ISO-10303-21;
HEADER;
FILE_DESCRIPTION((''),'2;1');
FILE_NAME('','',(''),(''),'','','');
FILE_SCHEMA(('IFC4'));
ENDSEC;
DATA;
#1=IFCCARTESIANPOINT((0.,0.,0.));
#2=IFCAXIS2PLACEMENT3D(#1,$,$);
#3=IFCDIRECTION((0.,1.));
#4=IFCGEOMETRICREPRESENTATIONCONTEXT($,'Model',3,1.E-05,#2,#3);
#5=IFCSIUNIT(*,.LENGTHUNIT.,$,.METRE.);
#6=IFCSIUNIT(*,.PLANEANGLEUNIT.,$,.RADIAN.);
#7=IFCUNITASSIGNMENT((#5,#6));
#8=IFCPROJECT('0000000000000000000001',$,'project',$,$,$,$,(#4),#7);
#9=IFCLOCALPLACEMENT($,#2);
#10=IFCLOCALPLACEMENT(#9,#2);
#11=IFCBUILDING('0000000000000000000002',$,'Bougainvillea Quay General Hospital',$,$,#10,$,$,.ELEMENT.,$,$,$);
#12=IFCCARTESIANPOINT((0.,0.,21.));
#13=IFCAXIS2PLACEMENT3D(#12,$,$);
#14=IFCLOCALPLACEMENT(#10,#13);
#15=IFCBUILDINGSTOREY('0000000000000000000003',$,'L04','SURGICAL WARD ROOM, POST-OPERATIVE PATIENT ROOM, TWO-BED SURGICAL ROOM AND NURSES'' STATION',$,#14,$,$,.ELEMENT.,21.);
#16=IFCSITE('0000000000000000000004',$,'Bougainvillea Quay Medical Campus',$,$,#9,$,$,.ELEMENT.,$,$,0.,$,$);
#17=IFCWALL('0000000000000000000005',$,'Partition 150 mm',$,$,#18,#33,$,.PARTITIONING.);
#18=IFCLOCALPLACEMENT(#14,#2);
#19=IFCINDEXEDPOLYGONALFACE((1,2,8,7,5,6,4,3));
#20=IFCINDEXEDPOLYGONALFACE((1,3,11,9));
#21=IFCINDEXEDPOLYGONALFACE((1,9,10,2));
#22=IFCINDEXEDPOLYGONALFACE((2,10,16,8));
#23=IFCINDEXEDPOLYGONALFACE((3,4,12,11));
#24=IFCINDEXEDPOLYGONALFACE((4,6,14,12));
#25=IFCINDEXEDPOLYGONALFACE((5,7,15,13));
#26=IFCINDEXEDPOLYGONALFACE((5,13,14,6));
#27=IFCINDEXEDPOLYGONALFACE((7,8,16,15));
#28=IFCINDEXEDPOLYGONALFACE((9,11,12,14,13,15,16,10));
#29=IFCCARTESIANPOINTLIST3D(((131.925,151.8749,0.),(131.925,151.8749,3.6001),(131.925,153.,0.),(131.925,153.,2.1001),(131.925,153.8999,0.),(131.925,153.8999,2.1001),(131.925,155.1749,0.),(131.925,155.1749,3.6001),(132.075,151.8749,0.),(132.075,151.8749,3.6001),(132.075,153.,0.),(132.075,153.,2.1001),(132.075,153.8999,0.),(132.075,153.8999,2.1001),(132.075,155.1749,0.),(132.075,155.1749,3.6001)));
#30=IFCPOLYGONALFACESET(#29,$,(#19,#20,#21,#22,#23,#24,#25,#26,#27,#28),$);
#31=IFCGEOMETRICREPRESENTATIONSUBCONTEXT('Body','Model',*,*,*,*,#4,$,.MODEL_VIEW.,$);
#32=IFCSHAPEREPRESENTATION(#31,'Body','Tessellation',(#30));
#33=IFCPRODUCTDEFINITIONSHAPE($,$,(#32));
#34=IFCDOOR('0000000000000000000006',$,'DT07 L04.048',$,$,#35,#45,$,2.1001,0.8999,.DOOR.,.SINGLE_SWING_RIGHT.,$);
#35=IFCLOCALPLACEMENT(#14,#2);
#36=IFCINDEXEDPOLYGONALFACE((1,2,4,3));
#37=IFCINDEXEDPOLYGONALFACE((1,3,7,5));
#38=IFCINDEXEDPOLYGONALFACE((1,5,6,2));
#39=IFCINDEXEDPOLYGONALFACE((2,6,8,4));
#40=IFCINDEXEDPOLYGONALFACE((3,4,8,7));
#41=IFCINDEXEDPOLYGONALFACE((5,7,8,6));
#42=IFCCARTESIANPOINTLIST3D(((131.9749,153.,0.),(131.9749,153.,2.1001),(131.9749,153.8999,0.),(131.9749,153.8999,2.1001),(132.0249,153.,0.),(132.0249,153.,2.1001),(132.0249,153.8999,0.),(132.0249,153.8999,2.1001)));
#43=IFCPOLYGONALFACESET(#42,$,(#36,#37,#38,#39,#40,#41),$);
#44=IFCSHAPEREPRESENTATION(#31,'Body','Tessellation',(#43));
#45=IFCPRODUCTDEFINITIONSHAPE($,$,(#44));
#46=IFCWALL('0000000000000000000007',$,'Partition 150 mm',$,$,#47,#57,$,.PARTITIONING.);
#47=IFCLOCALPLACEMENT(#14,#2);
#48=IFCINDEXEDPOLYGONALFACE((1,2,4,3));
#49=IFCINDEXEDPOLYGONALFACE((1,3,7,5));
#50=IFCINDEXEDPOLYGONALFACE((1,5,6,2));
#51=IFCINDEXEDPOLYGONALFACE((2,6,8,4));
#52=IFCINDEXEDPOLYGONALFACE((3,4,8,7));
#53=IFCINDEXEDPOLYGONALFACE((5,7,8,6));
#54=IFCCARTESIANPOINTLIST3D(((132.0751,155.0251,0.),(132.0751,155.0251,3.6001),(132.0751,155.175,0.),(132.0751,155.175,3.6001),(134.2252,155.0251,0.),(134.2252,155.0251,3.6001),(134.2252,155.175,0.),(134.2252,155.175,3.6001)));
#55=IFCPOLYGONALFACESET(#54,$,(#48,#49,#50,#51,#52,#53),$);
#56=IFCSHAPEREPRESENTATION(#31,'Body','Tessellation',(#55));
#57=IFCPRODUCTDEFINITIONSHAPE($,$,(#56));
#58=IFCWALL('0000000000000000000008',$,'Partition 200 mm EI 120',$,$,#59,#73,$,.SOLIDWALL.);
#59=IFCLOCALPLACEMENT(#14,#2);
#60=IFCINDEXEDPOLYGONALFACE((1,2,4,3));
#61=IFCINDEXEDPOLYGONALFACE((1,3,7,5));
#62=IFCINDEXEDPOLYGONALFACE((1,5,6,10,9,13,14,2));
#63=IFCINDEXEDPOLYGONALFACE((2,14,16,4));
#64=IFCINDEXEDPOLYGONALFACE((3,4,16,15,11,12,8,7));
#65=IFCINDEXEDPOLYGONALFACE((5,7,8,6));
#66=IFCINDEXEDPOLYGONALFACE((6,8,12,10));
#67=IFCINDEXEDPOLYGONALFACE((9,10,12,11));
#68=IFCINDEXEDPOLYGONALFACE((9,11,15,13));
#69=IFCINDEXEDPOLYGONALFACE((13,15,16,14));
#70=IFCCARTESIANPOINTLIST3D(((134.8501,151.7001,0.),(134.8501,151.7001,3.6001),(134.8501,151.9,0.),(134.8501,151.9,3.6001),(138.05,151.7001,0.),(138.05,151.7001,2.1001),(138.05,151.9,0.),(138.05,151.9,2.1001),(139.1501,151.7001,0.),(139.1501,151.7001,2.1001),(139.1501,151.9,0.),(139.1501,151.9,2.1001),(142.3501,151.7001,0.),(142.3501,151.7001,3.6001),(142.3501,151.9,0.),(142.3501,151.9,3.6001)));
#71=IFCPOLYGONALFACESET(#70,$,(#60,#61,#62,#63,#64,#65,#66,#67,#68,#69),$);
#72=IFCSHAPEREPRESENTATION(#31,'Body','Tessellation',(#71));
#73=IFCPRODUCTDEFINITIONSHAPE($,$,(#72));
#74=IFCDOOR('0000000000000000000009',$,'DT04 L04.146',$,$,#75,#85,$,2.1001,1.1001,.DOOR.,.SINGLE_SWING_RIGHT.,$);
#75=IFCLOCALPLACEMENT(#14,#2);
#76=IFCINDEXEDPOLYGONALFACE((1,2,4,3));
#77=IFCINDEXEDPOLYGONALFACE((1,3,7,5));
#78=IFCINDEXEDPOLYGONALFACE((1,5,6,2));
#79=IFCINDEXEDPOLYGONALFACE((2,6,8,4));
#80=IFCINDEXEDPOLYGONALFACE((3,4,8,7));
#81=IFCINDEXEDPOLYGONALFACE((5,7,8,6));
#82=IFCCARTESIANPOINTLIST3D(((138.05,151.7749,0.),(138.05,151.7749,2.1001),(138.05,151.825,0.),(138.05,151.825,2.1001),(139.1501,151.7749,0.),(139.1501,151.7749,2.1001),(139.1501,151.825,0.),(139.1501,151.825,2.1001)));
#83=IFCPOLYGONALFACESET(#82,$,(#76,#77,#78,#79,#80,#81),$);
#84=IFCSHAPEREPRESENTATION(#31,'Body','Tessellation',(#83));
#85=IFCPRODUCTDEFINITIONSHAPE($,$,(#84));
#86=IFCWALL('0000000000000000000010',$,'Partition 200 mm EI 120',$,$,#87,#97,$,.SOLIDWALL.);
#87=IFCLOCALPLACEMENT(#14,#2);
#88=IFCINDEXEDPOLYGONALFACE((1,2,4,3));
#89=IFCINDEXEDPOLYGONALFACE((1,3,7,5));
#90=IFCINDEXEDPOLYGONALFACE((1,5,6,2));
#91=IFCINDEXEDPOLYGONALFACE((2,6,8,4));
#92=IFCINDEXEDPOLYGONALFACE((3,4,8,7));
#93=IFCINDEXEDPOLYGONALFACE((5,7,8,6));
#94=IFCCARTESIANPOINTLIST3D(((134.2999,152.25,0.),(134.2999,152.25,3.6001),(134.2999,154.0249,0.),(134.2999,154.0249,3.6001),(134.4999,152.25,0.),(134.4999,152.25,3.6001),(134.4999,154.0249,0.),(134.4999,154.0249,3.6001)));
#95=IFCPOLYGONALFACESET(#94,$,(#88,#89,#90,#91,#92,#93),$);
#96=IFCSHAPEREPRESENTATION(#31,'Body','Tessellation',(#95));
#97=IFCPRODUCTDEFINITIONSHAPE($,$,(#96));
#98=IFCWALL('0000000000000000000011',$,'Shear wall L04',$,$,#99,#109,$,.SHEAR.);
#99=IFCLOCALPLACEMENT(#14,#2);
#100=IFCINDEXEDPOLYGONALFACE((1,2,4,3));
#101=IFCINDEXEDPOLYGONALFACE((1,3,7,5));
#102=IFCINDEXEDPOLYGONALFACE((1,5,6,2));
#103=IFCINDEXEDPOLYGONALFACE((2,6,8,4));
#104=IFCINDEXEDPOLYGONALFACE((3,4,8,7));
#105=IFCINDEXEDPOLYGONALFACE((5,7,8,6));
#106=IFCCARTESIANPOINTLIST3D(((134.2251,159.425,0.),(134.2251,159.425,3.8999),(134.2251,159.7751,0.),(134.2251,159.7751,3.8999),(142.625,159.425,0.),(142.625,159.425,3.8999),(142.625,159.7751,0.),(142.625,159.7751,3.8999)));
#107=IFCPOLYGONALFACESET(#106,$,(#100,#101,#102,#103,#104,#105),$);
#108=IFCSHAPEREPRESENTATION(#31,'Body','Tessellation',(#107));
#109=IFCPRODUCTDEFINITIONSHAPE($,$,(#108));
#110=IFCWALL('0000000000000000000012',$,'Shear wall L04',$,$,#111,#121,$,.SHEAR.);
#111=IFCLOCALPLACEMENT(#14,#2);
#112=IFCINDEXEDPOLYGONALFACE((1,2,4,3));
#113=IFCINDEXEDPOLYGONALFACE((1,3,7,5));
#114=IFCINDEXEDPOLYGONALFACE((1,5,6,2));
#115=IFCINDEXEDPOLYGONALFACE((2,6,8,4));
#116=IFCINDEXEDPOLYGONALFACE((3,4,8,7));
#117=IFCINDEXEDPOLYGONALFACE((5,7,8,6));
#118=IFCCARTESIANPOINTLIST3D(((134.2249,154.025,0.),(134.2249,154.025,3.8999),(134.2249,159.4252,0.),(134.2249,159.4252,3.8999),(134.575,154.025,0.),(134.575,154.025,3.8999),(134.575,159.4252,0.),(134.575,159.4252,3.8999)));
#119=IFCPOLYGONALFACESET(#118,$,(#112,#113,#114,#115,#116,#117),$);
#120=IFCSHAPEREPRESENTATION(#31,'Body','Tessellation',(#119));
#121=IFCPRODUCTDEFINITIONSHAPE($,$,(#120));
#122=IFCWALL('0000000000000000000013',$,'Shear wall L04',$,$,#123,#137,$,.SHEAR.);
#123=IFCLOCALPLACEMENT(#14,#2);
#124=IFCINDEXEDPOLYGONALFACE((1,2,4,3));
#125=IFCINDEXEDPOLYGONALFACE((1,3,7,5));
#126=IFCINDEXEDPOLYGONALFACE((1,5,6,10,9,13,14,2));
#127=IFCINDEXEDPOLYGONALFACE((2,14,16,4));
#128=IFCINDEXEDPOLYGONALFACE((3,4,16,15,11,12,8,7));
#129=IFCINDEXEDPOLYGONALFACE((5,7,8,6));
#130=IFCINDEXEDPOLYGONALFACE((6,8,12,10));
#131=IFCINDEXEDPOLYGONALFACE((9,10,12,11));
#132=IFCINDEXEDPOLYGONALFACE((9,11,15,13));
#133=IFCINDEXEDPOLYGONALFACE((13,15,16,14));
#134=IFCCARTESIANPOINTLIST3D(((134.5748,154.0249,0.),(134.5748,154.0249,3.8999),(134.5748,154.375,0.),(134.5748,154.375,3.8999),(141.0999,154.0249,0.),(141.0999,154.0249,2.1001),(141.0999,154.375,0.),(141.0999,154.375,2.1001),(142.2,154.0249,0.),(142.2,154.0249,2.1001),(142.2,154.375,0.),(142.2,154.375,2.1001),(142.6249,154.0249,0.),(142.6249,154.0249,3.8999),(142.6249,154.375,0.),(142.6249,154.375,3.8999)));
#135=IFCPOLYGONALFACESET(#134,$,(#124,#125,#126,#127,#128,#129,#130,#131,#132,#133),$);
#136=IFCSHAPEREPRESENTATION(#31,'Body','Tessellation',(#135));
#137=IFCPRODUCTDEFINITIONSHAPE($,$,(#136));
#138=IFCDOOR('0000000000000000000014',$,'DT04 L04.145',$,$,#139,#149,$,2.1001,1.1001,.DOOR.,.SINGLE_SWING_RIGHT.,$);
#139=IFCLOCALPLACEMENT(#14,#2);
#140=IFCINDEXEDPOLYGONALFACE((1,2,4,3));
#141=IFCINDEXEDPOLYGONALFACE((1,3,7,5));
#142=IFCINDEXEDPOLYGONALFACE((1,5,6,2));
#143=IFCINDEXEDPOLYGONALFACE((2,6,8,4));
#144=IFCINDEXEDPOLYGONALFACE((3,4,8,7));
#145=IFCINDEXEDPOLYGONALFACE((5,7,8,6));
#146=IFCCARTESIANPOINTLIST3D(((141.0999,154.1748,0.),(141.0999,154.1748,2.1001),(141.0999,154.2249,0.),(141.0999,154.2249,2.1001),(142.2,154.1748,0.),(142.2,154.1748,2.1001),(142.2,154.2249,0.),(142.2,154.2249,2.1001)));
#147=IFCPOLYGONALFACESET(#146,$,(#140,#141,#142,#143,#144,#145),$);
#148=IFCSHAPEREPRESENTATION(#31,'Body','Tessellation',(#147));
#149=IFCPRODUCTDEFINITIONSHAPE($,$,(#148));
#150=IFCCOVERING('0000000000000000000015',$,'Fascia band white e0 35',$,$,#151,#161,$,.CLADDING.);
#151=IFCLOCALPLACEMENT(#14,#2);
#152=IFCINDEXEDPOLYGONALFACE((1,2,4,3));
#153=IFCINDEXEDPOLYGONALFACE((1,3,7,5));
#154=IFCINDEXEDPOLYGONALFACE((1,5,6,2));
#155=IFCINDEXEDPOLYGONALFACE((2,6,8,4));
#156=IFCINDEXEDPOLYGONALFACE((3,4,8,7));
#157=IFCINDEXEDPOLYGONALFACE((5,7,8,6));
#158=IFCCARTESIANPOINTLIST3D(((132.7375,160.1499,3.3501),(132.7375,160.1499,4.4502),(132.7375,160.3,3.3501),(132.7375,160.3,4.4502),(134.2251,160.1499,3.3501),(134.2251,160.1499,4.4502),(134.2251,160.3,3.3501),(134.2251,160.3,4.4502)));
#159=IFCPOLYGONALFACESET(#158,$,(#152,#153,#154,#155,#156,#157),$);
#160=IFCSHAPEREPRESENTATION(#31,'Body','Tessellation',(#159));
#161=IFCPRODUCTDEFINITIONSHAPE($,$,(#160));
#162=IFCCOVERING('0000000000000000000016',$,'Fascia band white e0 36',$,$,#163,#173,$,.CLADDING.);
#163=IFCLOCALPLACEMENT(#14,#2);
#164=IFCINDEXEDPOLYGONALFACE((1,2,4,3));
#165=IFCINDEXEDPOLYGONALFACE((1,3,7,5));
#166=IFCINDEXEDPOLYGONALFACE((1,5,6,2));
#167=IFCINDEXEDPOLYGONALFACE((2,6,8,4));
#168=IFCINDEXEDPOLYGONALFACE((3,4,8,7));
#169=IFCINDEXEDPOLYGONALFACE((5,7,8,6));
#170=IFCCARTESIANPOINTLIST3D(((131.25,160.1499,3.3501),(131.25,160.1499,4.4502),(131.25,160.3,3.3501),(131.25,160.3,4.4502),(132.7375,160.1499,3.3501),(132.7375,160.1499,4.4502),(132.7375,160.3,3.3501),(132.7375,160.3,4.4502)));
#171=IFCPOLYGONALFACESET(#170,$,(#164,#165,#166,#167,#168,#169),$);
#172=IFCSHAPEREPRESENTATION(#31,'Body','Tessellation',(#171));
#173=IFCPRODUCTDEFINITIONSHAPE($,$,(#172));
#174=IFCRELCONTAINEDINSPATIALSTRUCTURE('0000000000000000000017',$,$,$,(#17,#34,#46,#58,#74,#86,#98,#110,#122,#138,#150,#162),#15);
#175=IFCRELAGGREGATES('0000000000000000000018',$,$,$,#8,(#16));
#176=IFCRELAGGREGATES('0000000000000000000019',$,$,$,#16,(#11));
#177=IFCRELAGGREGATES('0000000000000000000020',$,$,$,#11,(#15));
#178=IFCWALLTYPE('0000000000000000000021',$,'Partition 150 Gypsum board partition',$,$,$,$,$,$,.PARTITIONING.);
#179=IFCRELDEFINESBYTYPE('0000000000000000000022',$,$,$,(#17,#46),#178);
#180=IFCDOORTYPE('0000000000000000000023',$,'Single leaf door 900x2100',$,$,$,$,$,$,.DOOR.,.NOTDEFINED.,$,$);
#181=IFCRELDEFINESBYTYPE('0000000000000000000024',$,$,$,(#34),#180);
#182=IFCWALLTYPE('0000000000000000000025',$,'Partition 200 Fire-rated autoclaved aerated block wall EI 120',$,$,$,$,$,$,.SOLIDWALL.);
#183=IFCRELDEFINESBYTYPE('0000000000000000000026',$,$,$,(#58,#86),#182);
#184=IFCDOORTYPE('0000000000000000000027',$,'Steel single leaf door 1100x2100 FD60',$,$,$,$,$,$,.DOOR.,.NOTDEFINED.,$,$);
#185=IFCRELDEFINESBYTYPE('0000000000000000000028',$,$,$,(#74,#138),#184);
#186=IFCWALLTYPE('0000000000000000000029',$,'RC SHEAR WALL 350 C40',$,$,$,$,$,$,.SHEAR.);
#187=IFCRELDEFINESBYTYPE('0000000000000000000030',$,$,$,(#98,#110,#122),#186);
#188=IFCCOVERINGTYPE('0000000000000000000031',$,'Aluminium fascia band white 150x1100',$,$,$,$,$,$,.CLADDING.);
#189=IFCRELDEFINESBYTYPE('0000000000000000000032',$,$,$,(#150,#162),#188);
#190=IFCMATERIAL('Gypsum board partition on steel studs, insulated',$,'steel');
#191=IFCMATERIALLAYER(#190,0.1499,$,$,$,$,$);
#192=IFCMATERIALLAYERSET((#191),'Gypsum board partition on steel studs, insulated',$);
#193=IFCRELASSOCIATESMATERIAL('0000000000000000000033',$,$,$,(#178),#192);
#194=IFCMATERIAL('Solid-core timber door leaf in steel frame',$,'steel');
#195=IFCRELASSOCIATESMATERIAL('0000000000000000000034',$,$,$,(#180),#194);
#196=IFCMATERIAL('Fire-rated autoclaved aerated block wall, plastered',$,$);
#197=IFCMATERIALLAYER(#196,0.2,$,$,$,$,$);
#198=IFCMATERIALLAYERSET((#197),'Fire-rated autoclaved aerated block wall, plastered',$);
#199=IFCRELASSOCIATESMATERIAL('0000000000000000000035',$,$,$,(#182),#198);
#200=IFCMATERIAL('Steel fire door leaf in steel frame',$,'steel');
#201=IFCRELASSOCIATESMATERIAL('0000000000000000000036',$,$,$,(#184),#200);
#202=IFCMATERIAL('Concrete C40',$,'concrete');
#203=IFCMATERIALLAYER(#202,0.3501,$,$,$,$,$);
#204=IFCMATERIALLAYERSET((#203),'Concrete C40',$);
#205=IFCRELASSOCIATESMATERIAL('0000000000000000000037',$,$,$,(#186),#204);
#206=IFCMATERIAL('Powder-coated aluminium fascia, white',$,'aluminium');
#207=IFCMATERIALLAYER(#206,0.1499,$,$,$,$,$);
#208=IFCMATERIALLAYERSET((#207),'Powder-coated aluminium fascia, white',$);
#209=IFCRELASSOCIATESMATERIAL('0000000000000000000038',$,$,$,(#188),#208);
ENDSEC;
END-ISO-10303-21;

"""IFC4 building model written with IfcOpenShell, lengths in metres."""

from ifc_helpers import new_model, si_unit, direction, frame, frame_2d, origin, place, context, subcontext, project, spatial, polyline, rectangle, outline, extrude, material, layer, layer_set, type_object, element, fill, save


model = new_model("IFC4")

# Units and contexts
model_context = context("Model", 3, precision=1e-05, world=origin(), true_north=direction((0.0, 1.0)))
body_context = subcontext(model_context, "Body", "Model", "MODEL_VIEW")
ifc_project = project(units=[si_unit("LENGTHUNIT", "METRE"), si_unit("PLANEANGLEUNIT", "RADIAN")], contexts=[model_context])

# Site, building, storey
site_placement = place(None, origin())
site = spatial("IfcSite", under=ifc_project, at=site_placement, Name="Bougainvillea Quay Medical Campus", CompositionType="ELEMENT", RefElevation=0.0)
building_placement = place(site_placement, origin())
building = spatial("IfcBuilding", under=site, at=building_placement, Name="Bougainvillea Quay General Hospital", CompositionType="ELEMENT")
storey_placement = place(building_placement, frame((0.0, 0.0, 21.0)))
storey = spatial("IfcBuildingStorey", under=building, at=storey_placement, Name="L04", Description="SURGICAL WARD ROOM, POST-OPERATIVE PATIENT ROOM, TWO-BED SURGICAL ROOM AND NURSES' STATION", CompositionType="ELEMENT", Elevation=21.0)

# Shared definitions
ifc_material_1 = material(Name="Concrete C40", Category="concrete")

# Wall, opening, door
ifc_material_2 = material(Name="Gypsum board partition on steel studs, insulated", Category="steel")
ifc_layer_1 = layer(ifc_material_2, 0.1499)
ifc_layer_set_1 = layer_set([ifc_layer_1], Name="Gypsum board partition on steel studs, insulated")
wall_type_1 = type_object("IfcWallType", Name="Partition 150 Gypsum board partition", PredefinedType="PARTITIONING", material=ifc_layer_set_1)
wall_1_placement = place(storey_placement, frame((132.0, 151.875, 0.0), z_axis=(0.0, 0.0, 1.0), x_axis=(0.0, 1.0, 0.0)))
wall_1 = element("IfcWall", 1, at=wall_1_placement, inside=storey, type_object=wall_type_1, Name="Partition 150 mm", PredefinedType="PARTITIONING", context=body_context, shape_type="SweptSolid", body=[
    extrude(rectangle(XDim=3.3, YDim=0.1499, at=frame_2d((1.6499, 0.0))), origin(), (0.0, 0.0, 1.0), 3.6001),
])
opening_1_placement = place(wall_1_placement, frame((1.125, 0.0, 0.0)))
opening_1 = element("IfcOpeningElement", 2, at=opening_1_placement, cuts=wall_1, PredefinedType="OPENING", context=body_context, shape_type="SweptSolid", body=[
    extrude(rectangle(XDim=0.8999, YDim=2.1001, at=frame_2d((0.45, 1.05))), frame((0.0, 0.085, 0.0), z_axis=(0.0, -1.0, 0.0), x_axis=(1.0, 0.0, 0.0)), (0.0, 0.0, 1.0), 0.1699),
])
ifc_material_3 = material(Name="Solid-core timber door leaf in steel frame", Category="steel")
door_type_1 = type_object("IfcDoorType", Name="Single leaf door 900x2100", OperationType="NOTDEFINED", PredefinedType="DOOR", material=ifc_material_3)
door_1_placement = place(opening_1_placement, frame((0.8999, 0.0, 0.0), z_axis=(0.0, 0.0, 1.0), x_axis=(-1.0, 0.0, 0.0)))
door_1 = element("IfcDoor", 3, at=door_1_placement, inside=storey, type_object=door_type_1, Name="DT07 L04.048", OperationType="SINGLE_SWING_RIGHT", OverallHeight=2.1001, OverallWidth=0.8999, PredefinedType="DOOR", context=body_context, shape_type="SweptSolid", body=[
    extrude(rectangle(XDim=0.8999, YDim=2.1001, at=frame_2d((0.45, 1.05))), frame((0.0, 0.0249, 0.0), z_axis=(0.0, -1.0, 0.0), x_axis=(1.0, 0.0, 0.0)), (0.0, 0.0, 1.0), 0.05),
])
fill(opening_1, door_1)

# Wall
wall_2_placement = place(storey_placement, frame((132.075, 155.1001, 0.0), z_axis=(0.0, 0.0, 1.0), x_axis=(1.0, 0.0, 0.0)))
element("IfcWall", 4, at=wall_2_placement, inside=storey, type_object=wall_type_1, Name="Partition 150 mm", PredefinedType="PARTITIONING", context=body_context, shape_type="SweptSolid", body=[
    extrude(rectangle(XDim=2.1501, YDim=0.1499, at=frame_2d((1.0752, 0.0))), origin(), (0.0, 0.0, 1.0), 3.6001),
])

# Wall, opening, door
ifc_material_4 = material(Name="Fire-rated autoclaved aerated block wall, plastered")
ifc_layer_2 = layer(ifc_material_4, 0.2)
ifc_layer_set_2 = layer_set([ifc_layer_2], Name="Fire-rated autoclaved aerated block wall, plastered")
wall_type_2 = type_object("IfcWallType", Name="Partition 200 Fire-rated autoclaved aerated block wall EI 120", PredefinedType="SOLIDWALL", material=ifc_layer_set_2)
wall_3_placement = place(storey_placement, frame((134.8501, 151.8, 0.0), z_axis=(0.0, 0.0, 1.0), x_axis=(1.0, 0.0, 0.0)))
wall_3 = element("IfcWall", 5, at=wall_3_placement, inside=storey, type_object=wall_type_2, Name="Partition 200 mm EI 120", PredefinedType="SOLIDWALL", context=body_context, shape_type="SweptSolid", body=[
    extrude(rectangle(XDim=7.5, YDim=0.2, at=frame_2d((3.75, 0.0))), origin(), (0.0, 0.0, 1.0), 3.6001),
])
opening_2_placement = place(wall_3_placement, frame((3.2, 0.0, 0.0)))
opening_2 = element("IfcOpeningElement", 6, at=opening_2_placement, cuts=wall_3, PredefinedType="OPENING", context=body_context, shape_type="SweptSolid", body=[
    extrude(rectangle(XDim=1.1001, YDim=2.1001, at=frame_2d((0.55, 1.05))), frame((0.0, 0.1099, 0.0), z_axis=(0.0, -1.0, 0.0), x_axis=(1.0, 0.0, 0.0)), (0.0, 0.0, 1.0), 0.22),
])
ifc_material_5 = material(Name="Steel fire door leaf in steel frame", Category="steel")
door_type_2 = type_object("IfcDoorType", Name="Steel single leaf door 1100x2100 FD60", OperationType="NOTDEFINED", PredefinedType="DOOR", material=ifc_material_5)
door_2_placement = place(opening_2_placement, origin())
door_2 = element("IfcDoor", 7, at=door_2_placement, inside=storey, type_object=door_type_2, Name="DT04 L04.146", OperationType="SINGLE_SWING_RIGHT", OverallHeight=2.1001, OverallWidth=1.1001, PredefinedType="DOOR", context=body_context, shape_type="SweptSolid", body=[
    extrude(rectangle(XDim=1.1001, YDim=2.1001, at=frame_2d((0.55, 1.05))), frame((0.0, 0.0249, 0.0), z_axis=(0.0, -1.0, 0.0), x_axis=(1.0, 0.0, 0.0)), (0.0, 0.0, 1.0), 0.05),
])
fill(opening_2, door_2)

# Walls
wall_4_placement = place(storey_placement, frame((134.3999, 152.25, 0.0), z_axis=(0.0, 0.0, 1.0), x_axis=(0.0, 1.0, 0.0)))
element("IfcWall", 8, at=wall_4_placement, inside=storey, type_object=wall_type_2, Name="Partition 200 mm EI 120", PredefinedType="SOLIDWALL", context=body_context, shape_type="SweptSolid", body=[
    extrude(rectangle(XDim=1.7749, YDim=0.2, at=frame_2d((0.8875, 0.0))), origin(), (0.0, 0.0, 1.0), 3.6001),
])
ifc_layer_3 = layer(ifc_material_1, 0.3501)
ifc_layer_set_3 = layer_set([ifc_layer_3], Name="Concrete C40")
wall_type_3 = type_object("IfcWallType", Name="RC SHEAR WALL 350 C40", PredefinedType="SHEAR", material=ifc_layer_set_3)
wall_5_placement = place(storey_placement, frame((134.2251, 159.6001, 0.0), z_axis=(0.0, 0.0, 1.0), x_axis=(1.0, 0.0, 0.0)))
element("IfcWall", 9, at=wall_5_placement, inside=storey, type_object=wall_type_3, Name="Shear wall L04", PredefinedType="SHEAR", context=body_context, shape_type="SweptSolid", body=[
    extrude(rectangle(XDim=8.3999, YDim=0.3501, at=frame_2d((4.2, 0.0))), origin(), (0.0, 0.0, 1.0), 3.8999),
])
wall_6_placement = place(storey_placement, frame((134.3999, 154.0249, 0.0), z_axis=(0.0, 0.0, 1.0), x_axis=(0.0, 1.0, 0.0)))
element("IfcWall", 10, at=wall_6_placement, inside=storey, type_object=wall_type_3, Name="Shear wall L04", PredefinedType="SHEAR", context=body_context, shape_type="SweptSolid", body=[
    extrude(rectangle(XDim=5.4001, YDim=0.3501, at=frame_2d((2.7002, 0.0))), origin(), (0.0, 0.0, 1.0), 3.8999),
])

# Wall, opening, door
wall_7_placement = place(storey_placement, frame((134.575, 154.2, 0.0), z_axis=(0.0, 0.0, 1.0), x_axis=(1.0, 0.0, 0.0)))
wall_7 = element("IfcWall", 11, at=wall_7_placement, inside=storey, type_object=wall_type_3, Name="Shear wall L04", PredefinedType="SHEAR", context=body_context, shape_type="SweptSolid", body=[
    extrude(rectangle(XDim=8.05, YDim=0.3501, at=frame_2d((4.0249, 0.0))), origin(), (0.0, 0.0, 1.0), 3.8999),
])
opening_3_placement = place(wall_7_placement, frame((6.5249, 0.0, 0.0)))
opening_3 = element("IfcOpeningElement", 12, at=opening_3_placement, cuts=wall_7, PredefinedType="OPENING", context=body_context, shape_type="SweptSolid", body=[
    extrude(rectangle(XDim=1.1001, YDim=2.1001, at=frame_2d((0.55, 1.05))), frame((0.0, 0.1851, 0.0), z_axis=(0.0, -1.0, 0.0), x_axis=(1.0, 0.0, 0.0)), (0.0, 0.0, 1.0), 0.3701),
])
door_3_placement = place(opening_3_placement, origin())
door_3 = element("IfcDoor", 13, at=door_3_placement, inside=storey, type_object=door_type_2, Name="DT04 L04.145", OperationType="SINGLE_SWING_RIGHT", OverallHeight=2.1001, OverallWidth=1.1001, PredefinedType="DOOR", context=body_context, shape_type="SweptSolid", body=[
    extrude(rectangle(XDim=1.1001, YDim=2.1001, at=frame_2d((0.55, 1.05))), frame((0.0, 0.0249, 0.0), z_axis=(0.0, -1.0, 0.0), x_axis=(1.0, 0.0, 0.0)), (0.0, 0.0, 1.0), 0.05),
])
fill(opening_3, door_3)

# Coverings
ifc_material_6 = material(Name="Powder-coated aluminium fascia, white", Category="aluminium")
ifc_layer_4 = layer(ifc_material_6, 0.1499)
ifc_layer_set_4 = layer_set([ifc_layer_4], Name="Powder-coated aluminium fascia, white")
covering_type = type_object("IfcCoveringType", Name="Aluminium fascia band white 150x1100", PredefinedType="CLADDING", material=ifc_layer_set_4)
for number, where, z_axis, x_axis, name in (
    (14, (134.2251, 160.1499, 3.3501), (0.0, 0.0, 1.0), (-1.0, 0.0, 0.0), "Fascia band white e0 35"),
    (15, (132.7375, 160.1499, 3.3501), (0.0, 0.0, 1.0), (-1.0, 0.0, 0.0), "Fascia band white e0 36"),
):
    element("IfcCovering", number, at=place(storey_placement, frame(where, z_axis=z_axis, x_axis=x_axis)), inside=storey, type_object=covering_type, Name=name, PredefinedType="CLADDING", context=body_context, shape_type="SweptSolid", body=[
        extrude(outline(polyline([(0.0, 0.0), (1.4875, 0.0), (1.4875, -0.1501), (0.0, -0.1501), (0.0, 0.0)])), origin(), (0.0, 0.0, 1.0), 1.1001),
    ])

save(model, "model.ifc")
